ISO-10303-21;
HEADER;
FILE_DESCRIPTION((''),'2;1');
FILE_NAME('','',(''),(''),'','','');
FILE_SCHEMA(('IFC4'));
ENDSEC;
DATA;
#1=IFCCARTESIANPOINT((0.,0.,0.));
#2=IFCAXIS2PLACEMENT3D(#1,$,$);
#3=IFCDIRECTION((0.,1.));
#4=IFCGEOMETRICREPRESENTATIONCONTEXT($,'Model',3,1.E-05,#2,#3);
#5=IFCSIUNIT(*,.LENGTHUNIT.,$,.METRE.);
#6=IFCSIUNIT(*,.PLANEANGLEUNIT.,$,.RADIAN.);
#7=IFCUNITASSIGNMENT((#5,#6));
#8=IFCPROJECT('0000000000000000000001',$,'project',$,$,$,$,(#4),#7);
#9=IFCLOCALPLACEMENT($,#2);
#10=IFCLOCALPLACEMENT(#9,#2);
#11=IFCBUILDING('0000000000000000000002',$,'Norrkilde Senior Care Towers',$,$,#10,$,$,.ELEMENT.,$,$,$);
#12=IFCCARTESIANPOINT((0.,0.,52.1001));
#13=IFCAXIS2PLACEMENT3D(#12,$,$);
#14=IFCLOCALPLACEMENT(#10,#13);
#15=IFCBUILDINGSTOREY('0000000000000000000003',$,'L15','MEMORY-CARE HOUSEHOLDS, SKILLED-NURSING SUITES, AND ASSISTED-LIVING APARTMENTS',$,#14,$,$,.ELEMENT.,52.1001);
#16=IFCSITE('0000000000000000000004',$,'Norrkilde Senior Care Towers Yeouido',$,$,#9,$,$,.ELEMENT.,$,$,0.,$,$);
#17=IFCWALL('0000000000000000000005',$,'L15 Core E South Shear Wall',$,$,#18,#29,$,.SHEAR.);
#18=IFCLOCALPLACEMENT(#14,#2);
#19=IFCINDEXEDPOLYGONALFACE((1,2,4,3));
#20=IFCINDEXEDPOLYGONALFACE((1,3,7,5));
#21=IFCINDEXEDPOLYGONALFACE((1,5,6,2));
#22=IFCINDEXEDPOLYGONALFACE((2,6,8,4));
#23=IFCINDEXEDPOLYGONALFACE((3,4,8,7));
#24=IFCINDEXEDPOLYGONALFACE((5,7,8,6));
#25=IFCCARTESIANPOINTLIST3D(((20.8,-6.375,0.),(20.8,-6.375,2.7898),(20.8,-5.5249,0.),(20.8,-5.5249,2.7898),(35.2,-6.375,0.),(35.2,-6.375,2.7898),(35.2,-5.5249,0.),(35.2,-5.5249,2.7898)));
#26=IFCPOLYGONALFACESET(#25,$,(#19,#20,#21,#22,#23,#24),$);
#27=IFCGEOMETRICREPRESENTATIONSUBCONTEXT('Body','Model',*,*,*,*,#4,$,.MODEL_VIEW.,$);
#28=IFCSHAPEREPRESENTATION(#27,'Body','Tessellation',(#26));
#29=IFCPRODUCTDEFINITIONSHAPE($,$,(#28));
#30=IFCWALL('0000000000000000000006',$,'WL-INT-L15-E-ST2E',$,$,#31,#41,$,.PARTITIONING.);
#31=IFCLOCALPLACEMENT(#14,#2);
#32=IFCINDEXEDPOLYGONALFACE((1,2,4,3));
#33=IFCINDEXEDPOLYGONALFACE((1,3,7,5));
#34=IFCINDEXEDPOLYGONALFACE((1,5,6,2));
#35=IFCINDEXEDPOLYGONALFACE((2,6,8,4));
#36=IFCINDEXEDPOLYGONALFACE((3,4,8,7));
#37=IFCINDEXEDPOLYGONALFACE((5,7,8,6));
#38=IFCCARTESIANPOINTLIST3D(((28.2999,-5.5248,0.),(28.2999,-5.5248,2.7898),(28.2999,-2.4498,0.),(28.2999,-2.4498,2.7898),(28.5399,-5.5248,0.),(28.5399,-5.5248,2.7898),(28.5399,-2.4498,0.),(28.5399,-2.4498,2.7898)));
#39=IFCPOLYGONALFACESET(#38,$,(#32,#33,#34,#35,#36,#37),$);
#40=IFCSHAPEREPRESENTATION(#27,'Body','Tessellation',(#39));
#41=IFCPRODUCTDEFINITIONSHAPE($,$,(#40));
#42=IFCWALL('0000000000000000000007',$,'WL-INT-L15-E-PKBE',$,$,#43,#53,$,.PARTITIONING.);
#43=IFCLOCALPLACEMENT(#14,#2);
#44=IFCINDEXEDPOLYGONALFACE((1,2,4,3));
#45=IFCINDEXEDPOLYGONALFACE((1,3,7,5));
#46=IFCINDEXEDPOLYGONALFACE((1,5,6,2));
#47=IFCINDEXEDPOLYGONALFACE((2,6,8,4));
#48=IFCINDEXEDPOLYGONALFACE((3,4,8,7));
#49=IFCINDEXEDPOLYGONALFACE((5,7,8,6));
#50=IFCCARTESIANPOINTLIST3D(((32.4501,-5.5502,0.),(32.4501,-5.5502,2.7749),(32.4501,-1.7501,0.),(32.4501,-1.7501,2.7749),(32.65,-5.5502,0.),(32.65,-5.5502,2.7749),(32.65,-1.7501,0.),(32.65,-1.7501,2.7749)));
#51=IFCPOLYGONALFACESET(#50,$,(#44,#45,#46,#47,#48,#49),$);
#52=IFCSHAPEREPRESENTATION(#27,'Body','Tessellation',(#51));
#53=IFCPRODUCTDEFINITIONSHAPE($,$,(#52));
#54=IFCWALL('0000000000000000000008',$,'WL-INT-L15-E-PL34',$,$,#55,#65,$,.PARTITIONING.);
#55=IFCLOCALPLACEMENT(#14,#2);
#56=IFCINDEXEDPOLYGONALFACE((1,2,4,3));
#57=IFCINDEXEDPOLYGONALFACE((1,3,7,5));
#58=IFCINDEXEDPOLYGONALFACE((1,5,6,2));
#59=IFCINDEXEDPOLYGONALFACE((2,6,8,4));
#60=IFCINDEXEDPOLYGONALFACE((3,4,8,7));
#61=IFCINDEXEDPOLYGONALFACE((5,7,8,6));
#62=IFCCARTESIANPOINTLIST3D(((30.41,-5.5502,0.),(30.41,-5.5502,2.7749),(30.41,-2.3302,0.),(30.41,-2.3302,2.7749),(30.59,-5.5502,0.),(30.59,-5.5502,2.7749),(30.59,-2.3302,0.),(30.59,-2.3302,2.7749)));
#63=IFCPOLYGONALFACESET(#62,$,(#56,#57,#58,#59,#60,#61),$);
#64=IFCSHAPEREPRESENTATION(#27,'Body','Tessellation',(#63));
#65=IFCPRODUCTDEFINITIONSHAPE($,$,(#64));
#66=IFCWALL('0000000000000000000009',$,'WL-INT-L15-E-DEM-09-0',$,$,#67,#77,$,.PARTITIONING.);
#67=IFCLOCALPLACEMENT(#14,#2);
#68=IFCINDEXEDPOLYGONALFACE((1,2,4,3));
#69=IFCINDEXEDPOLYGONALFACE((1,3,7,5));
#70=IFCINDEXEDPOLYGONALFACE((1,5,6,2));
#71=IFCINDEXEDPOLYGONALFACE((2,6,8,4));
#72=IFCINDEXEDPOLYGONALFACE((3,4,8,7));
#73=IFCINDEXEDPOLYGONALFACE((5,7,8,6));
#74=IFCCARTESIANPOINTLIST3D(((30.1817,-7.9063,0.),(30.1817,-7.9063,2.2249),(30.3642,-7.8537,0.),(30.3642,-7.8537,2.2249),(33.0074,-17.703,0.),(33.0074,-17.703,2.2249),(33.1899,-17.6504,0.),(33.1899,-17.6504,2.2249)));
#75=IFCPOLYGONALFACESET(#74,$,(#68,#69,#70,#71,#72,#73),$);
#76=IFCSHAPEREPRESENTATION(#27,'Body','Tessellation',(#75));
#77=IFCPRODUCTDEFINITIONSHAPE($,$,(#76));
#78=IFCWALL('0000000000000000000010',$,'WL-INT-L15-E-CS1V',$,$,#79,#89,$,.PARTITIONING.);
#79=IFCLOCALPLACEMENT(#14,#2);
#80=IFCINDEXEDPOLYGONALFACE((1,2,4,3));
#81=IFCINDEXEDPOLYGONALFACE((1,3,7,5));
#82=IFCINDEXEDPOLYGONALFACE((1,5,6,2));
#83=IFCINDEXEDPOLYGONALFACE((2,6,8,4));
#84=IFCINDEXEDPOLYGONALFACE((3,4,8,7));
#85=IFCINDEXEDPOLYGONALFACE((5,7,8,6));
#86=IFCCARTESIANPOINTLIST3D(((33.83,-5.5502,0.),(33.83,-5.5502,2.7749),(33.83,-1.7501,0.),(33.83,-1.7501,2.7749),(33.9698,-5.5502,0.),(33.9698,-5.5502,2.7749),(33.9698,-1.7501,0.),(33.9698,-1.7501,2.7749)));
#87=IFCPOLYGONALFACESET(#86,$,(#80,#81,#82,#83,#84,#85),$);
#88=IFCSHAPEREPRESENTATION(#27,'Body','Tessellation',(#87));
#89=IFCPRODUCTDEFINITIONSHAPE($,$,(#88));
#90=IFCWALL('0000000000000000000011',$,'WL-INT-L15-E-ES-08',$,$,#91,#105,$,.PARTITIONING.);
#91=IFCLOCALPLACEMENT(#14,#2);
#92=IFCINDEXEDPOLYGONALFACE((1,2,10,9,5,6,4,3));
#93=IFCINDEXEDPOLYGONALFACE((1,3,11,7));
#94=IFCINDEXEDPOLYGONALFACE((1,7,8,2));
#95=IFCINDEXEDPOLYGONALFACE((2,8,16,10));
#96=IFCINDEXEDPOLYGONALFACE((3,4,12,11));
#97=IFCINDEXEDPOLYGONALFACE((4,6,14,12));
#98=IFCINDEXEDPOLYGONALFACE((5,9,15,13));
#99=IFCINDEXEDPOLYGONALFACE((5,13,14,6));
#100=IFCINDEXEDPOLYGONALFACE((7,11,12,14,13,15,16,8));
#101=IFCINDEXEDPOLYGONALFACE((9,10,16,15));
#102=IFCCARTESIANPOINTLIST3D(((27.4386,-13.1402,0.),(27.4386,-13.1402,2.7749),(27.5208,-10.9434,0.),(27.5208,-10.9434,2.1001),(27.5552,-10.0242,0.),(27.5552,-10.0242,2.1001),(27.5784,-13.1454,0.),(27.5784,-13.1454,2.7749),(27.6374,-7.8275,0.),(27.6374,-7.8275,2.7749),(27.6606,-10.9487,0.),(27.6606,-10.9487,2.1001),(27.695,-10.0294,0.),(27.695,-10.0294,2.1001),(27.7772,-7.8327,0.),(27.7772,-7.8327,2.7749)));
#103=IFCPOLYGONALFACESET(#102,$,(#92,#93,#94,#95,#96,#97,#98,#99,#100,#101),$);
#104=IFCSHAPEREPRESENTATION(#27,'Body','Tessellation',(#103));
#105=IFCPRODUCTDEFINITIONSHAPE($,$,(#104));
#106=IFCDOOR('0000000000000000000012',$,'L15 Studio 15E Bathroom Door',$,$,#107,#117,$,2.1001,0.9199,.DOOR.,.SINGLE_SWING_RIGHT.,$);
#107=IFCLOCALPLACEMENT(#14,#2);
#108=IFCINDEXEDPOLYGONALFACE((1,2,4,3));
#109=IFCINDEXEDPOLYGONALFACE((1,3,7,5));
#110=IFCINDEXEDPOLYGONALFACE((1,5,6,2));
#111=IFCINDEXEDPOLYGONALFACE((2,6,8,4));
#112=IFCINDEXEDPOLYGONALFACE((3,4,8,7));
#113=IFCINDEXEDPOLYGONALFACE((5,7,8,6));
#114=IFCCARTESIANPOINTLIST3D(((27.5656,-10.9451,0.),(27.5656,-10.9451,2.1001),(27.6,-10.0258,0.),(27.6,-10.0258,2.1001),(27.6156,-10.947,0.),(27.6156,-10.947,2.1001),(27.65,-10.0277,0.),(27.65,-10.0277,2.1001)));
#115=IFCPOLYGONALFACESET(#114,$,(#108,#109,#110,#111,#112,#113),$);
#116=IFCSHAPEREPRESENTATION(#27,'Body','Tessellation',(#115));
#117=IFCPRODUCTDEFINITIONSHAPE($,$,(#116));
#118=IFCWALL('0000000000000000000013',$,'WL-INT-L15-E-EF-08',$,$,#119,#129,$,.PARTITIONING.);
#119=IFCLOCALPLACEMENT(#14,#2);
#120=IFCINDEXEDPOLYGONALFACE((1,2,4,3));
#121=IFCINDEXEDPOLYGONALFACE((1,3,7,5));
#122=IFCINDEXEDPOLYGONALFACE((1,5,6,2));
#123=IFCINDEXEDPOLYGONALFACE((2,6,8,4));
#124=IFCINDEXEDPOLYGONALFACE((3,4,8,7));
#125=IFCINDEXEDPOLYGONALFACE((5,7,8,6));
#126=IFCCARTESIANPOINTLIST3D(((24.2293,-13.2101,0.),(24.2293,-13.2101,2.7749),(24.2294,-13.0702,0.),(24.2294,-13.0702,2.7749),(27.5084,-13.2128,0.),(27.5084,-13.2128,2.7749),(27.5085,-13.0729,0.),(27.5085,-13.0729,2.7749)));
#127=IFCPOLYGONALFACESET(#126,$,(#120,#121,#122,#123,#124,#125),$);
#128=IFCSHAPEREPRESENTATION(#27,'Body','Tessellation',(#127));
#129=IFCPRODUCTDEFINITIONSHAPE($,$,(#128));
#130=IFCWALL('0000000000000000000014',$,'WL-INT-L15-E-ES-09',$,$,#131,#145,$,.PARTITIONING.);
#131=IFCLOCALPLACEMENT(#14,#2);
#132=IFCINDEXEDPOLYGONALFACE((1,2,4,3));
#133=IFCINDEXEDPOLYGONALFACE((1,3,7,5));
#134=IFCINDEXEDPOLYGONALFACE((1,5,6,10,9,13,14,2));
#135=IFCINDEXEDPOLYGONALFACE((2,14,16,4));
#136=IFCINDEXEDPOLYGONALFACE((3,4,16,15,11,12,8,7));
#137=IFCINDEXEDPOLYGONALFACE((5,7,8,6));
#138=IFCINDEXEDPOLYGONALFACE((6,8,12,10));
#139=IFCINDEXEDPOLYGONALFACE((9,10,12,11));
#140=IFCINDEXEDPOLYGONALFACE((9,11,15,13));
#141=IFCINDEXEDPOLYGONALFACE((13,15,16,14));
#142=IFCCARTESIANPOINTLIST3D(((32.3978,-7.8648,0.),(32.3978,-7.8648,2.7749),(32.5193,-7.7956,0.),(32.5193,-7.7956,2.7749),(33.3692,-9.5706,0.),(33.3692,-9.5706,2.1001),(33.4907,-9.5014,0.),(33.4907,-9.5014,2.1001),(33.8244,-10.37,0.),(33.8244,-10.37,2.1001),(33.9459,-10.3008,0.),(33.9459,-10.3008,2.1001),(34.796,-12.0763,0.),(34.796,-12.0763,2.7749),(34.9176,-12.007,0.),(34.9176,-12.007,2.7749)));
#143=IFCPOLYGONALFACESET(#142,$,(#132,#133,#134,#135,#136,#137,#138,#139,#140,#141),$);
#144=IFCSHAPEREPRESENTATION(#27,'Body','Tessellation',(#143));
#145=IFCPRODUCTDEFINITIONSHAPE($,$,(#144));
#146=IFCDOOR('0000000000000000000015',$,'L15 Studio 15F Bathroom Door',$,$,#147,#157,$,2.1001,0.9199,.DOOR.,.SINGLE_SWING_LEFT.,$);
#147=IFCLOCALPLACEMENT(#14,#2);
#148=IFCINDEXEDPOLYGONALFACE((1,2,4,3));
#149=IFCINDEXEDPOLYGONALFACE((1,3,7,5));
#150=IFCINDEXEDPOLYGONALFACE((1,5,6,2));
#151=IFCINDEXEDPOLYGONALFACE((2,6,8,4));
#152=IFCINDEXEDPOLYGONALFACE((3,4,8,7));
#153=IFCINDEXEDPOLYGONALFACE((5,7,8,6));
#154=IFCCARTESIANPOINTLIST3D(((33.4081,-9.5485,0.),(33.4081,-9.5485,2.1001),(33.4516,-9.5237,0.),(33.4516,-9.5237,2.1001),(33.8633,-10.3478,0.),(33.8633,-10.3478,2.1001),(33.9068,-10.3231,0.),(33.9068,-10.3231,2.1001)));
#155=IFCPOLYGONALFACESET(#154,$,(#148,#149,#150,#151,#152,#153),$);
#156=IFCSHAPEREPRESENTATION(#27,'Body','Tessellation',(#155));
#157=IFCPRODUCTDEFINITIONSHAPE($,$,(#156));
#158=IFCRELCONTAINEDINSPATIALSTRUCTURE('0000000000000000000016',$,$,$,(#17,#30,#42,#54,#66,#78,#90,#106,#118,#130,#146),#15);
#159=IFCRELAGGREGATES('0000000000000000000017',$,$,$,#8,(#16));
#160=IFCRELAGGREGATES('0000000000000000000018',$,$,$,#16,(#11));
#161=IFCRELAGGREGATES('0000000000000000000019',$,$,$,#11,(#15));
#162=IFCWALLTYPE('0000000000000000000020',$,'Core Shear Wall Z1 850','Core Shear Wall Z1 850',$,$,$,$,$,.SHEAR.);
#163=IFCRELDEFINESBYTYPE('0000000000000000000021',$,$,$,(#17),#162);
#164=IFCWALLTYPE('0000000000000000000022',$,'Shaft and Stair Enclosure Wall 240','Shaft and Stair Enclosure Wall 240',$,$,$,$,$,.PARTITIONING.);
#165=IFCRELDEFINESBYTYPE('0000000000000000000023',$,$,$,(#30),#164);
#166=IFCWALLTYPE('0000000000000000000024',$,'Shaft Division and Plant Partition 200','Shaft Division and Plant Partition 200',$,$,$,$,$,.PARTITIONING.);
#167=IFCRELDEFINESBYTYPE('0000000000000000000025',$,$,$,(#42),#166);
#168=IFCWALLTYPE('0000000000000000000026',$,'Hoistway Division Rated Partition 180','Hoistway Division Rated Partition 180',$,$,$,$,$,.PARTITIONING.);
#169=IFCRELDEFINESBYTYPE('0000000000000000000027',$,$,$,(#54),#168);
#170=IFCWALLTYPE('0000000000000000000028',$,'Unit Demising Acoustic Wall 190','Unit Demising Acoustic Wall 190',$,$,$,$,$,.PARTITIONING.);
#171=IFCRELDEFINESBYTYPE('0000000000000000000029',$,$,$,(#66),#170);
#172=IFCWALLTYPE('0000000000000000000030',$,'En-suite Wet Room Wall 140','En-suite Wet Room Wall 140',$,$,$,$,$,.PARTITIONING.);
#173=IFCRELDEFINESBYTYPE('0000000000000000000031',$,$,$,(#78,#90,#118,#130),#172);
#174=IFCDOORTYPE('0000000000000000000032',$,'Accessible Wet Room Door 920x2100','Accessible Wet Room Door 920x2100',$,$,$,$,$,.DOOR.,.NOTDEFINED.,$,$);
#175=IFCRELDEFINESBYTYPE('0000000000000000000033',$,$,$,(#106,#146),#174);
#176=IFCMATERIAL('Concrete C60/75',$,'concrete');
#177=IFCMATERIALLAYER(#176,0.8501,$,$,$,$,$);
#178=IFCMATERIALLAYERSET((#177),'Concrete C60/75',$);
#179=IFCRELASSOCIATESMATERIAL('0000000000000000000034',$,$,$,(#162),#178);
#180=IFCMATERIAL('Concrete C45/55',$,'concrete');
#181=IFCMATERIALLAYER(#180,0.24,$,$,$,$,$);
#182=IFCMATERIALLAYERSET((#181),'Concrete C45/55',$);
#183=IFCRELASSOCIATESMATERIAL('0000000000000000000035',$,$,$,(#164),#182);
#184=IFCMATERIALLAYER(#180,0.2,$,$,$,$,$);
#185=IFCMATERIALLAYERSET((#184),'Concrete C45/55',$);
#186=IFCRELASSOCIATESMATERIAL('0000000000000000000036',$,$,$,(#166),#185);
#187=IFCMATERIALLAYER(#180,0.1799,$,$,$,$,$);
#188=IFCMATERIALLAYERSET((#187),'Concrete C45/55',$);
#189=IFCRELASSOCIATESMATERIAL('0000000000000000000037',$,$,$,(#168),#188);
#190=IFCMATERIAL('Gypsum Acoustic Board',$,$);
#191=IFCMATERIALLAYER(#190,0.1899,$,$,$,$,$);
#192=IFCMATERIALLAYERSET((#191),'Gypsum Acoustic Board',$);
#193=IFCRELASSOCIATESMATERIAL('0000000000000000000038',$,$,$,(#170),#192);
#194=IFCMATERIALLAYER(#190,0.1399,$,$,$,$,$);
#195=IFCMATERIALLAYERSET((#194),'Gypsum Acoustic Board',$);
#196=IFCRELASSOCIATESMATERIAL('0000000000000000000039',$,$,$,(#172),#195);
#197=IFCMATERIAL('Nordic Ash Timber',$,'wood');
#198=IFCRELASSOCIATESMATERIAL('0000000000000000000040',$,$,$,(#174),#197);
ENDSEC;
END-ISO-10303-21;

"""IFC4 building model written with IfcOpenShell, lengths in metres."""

from ifc_helpers import new_model, si_unit, direction, frame, frame_2d, origin, place, context, subcontext, project, spatial, rectangle, extrude, source, transform, mapped, material, layer, layer_set, type_object, type_shapes, element, fill, save


model = new_model("IFC4")

# Units and contexts
model_context = context("Model", 3, precision=1e-05, world=origin(), true_north=direction((0.0, 1.0)))
body_context = subcontext(model_context, "Body", "Model", "MODEL_VIEW")
ifc_project = project(units=[si_unit("LENGTHUNIT", "METRE"), si_unit("PLANEANGLEUNIT", "RADIAN")], contexts=[model_context])

# Site, building, storey
site_placement = place(None, origin())
site = spatial("IfcSite", under=ifc_project, at=site_placement, Name="Norrkilde Senior Care Towers Yeouido", CompositionType="ELEMENT", RefElevation=0.0)
building_placement = place(site_placement, origin())
building = spatial("IfcBuilding", under=site, at=building_placement, Name="Norrkilde Senior Care Towers", CompositionType="ELEMENT")
storey_placement = place(building_placement, frame((0.0, 0.0, 52.1001)))
storey = spatial("IfcBuildingStorey", under=building, at=storey_placement, Name="L15", Description="MEMORY-CARE HOUSEHOLDS, SKILLED-NURSING SUITES, AND ASSISTED-LIVING APARTMENTS", CompositionType="ELEMENT", Elevation=52.1001)

# Shared definitions
ifc_material_1 = material(Name="Concrete C60/75", Category="concrete")

# Walls
ifc_layer_1 = layer(ifc_material_1, 0.8501)
ifc_layer_set_1 = layer_set([ifc_layer_1], Name="Concrete C60/75")
wall_type_1 = type_object("IfcWallType", Name="Core Shear Wall Z1 850", Description="Core Shear Wall Z1 850", PredefinedType="SHEAR", material=ifc_layer_set_1)
shared_shape_1 = source(origin(), body_context, "Body", "SweptSolid", [
    extrude(rectangle(XDim=14.3999, YDim=0.8501, at=frame_2d((7.2, 0.0))), origin(), (0.0, 0.0, 1.0), 2.7898),
])
type_shapes(wall_type_1, [shared_shape_1])
wall_1_placement = place(storey_placement, frame((35.2, -5.95, 0.0), z_axis=(0.0, 0.0, 1.0), x_axis=(-1.0, 0.0, 0.0)))
element("IfcWall", 1, at=wall_1_placement, inside=storey, type_object=wall_type_1, Name="L15 Core E South Shear Wall", PredefinedType="SHEAR", context=body_context, shape_type="MappedRepresentation", body=[
    mapped(shared_shape_1, transform((0.0, 0.0, 0.0), x_axis=(1.0, 0.0, 0.0), y_axis=(0.0, 1.0, 0.0), z_axis=(0.0, 0.0, 1.0), scale=1.0)),
])
ifc_material_2 = material(Name="Concrete C45/55", Category="concrete")
ifc_layer_2 = layer(ifc_material_2, 0.24)
ifc_layer_set_2 = layer_set([ifc_layer_2], Name="Concrete C45/55")
wall_type_2 = type_object("IfcWallType", Name="Shaft and Stair Enclosure Wall 240", Description="Shaft and Stair Enclosure Wall 240", PredefinedType="PARTITIONING", material=ifc_layer_set_2)
shared_shape_2 = source(origin(), body_context, "Body", "SweptSolid", [
    extrude(rectangle(XDim=3.075, YDim=0.24, at=frame_2d((1.5376, 0.0))), origin(), (0.0, 0.0, 1.0), 2.7898),
])
type_shapes(wall_type_2, [shared_shape_2])
wall_2_placement = place(storey_placement, frame((28.4199, -5.5249, 0.0), z_axis=(0.0, 0.0, 1.0), x_axis=(0.0, 1.0, 0.0)))
element("IfcWall", 2, at=wall_2_placement, inside=storey, type_object=wall_type_2, Name="WL-INT-L15-E-ST2E", PredefinedType="PARTITIONING", context=body_context, shape_type="MappedRepresentation", body=[
    mapped(shared_shape_2, transform((0.0, 0.0, 0.0), x_axis=(1.0, 0.0, 0.0), y_axis=(0.0, 1.0, 0.0), z_axis=(0.0, 0.0, 1.0), scale=1.0)),
])
ifc_layer_3 = layer(ifc_material_2, 0.2)
ifc_layer_set_3 = layer_set([ifc_layer_3], Name="Concrete C45/55")
wall_type_3 = type_object("IfcWallType", Name="Shaft Division and Plant Partition 200", Description="Shaft Division and Plant Partition 200", PredefinedType="PARTITIONING", material=ifc_layer_set_3)
shared_shape_3 = source(origin(), body_context, "Body", "SweptSolid", [
    extrude(rectangle(XDim=3.8, YDim=0.2, at=frame_2d((1.8999, 0.0))), origin(), (0.0, 0.0, 1.0), 2.7749),
])
type_shapes(wall_type_3, [shared_shape_3])
wall_3_placement = place(storey_placement, frame((32.55, -5.55, 0.0), z_axis=(0.0, 0.0, 1.0), x_axis=(0.0, 1.0, 0.0)))
element("IfcWall", 3, at=wall_3_placement, inside=storey, type_object=wall_type_3, Name="WL-INT-L15-E-PKBE", PredefinedType="PARTITIONING", context=body_context, shape_type="MappedRepresentation", body=[
    mapped(shared_shape_3, transform((0.0, 0.0, 0.0), x_axis=(1.0, 0.0, 0.0), y_axis=(0.0, 1.0, 0.0), z_axis=(0.0, 0.0, 1.0), scale=1.0)),
])
ifc_layer_4 = layer(ifc_material_2, 0.1799)
ifc_layer_set_4 = layer_set([ifc_layer_4], Name="Concrete C45/55")
wall_type_4 = type_object("IfcWallType", Name="Hoistway Division Rated Partition 180", Description="Hoistway Division Rated Partition 180", PredefinedType="PARTITIONING", material=ifc_layer_set_4)
shared_shape_4 = source(origin(), body_context, "Body", "SweptSolid", [
    extrude(rectangle(XDim=3.22, YDim=0.1799, at=frame_2d((1.6099, 0.0))), origin(), (0.0, 0.0, 1.0), 2.7749),
])
type_shapes(wall_type_4, [shared_shape_4])
wall_4_placement = place(storey_placement, frame((30.5, -5.55, 0.0), z_axis=(0.0, 0.0, 1.0), x_axis=(0.0, 1.0, 0.0)))
element("IfcWall", 4, at=wall_4_placement, inside=storey, type_object=wall_type_4, Name="WL-INT-L15-E-PL34", PredefinedType="PARTITIONING", context=body_context, shape_type="MappedRepresentation", body=[
    mapped(shared_shape_4, transform((0.0, 0.0, 0.0), x_axis=(1.0, 0.0, 0.0), y_axis=(0.0, 1.0, 0.0), z_axis=(0.0, 0.0, 1.0), scale=1.0)),
])
ifc_material_3 = material(Name="Gypsum Acoustic Board")
ifc_layer_5 = layer(ifc_material_3, 0.1899)
ifc_layer_set_5 = layer_set([ifc_layer_5], Name="Gypsum Acoustic Board")
wall_type_5 = type_object("IfcWallType", Name="Unit Demising Acoustic Wall 190", Description="Unit Demising Acoustic Wall 190", PredefinedType="PARTITIONING", material=ifc_layer_set_5)
shared_shape_5 = source(origin(), body_context, "Body", "SweptSolid", [
    extrude(rectangle(XDim=10.196, YDim=0.1899, at=frame_2d((5.0981, 0.0))), origin(), (0.0, 0.0, 1.0), 2.2249),
])
type_shapes(wall_type_5, [shared_shape_5])
wall_5_placement = place(storey_placement, frame((30.2729, -7.8799, 0.0), z_axis=(0.0, 0.0, 1.0), x_axis=(0.277136, -0.960831, 0.0)))
element("IfcWall", 5, at=wall_5_placement, inside=storey, type_object=wall_type_5, Name="WL-INT-L15-E-DEM-09-0", PredefinedType="PARTITIONING", context=body_context, shape_type="MappedRepresentation", body=[
    mapped(shared_shape_5, transform((0.0, 0.0, 0.0), x_axis=(1.0, 0.0, 0.0), y_axis=(0.0, 1.0, 0.0), z_axis=(0.0, 0.0, 1.0), scale=1.0)),
])
ifc_layer_6 = layer(ifc_material_3, 0.1399)
ifc_layer_set_6 = layer_set([ifc_layer_6], Name="Gypsum Acoustic Board")
wall_type_6 = type_object("IfcWallType", Name="En-suite Wet Room Wall 140", Description="En-suite Wet Room Wall 140", PredefinedType="PARTITIONING", material=ifc_layer_set_6)
shared_shape_6 = source(origin(), body_context, "Body", "SweptSolid", [
    extrude(rectangle(XDim=3.8, YDim=0.1399, at=frame_2d((1.8999, 0.0))), origin(), (0.0, 0.0, 1.0), 2.7749),
])
wall_6_placement = place(storey_placement, frame((33.8999, -5.55, 0.0), z_axis=(0.0, 0.0, 1.0), x_axis=(0.0, 1.0, 0.0)))
element("IfcWall", 6, at=wall_6_placement, inside=storey, type_object=wall_type_6, Name="WL-INT-L15-E-CS1V", PredefinedType="PARTITIONING", context=body_context, shape_type="MappedRepresentation", body=[
    mapped(shared_shape_6, transform((0.0, 0.0, 0.0), x_axis=(1.0, 0.0, 0.0), y_axis=(0.0, 1.0, 0.0), z_axis=(0.0, 0.0, 1.0), scale=1.0)),
])

# Wall, opening, door
shared_shape_7 = source(origin(), body_context, "Body", "SweptSolid", [
    extrude(rectangle(XDim=5.3164, YDim=0.1399, at=frame_2d((2.6582, 0.0))), origin(), (0.0, 0.0, 1.0), 2.7749),
])
wall_7_placement = place(storey_placement, frame((27.7073, -7.8301, 0.0), z_axis=(0.0, 0.0, 1.0), x_axis=(-0.03738, -0.999301, 0.0)))
wall_7 = element("IfcWall", 7, at=wall_7_placement, inside=storey, type_object=wall_type_6, Name="WL-INT-L15-E-ES-08", PredefinedType="PARTITIONING", context=body_context, shape_type="MappedRepresentation", body=[
    mapped(shared_shape_7, transform((0.0, 0.0, 0.0), x_axis=(1.0, 0.0, 0.0), y_axis=(0.0, 1.0, 0.0), z_axis=(0.0, 0.0, 1.0), scale=1.0)),
])
opening_1_placement = place(wall_7_placement, frame((2.1982, 0.0, 0.0)))
opening_1 = element("IfcOpeningElement", 8, at=opening_1_placement, cuts=wall_7, PredefinedType="OPENING", context=body_context, shape_type="SweptSolid", body=[
    extrude(rectangle(XDim=0.9199, YDim=2.1001, at=frame_2d((0.46, 1.05))), frame((0.0, 0.0798, 0.0), z_axis=(0.0, -1.0, 0.0), x_axis=(1.0, 0.0, 0.0)), (0.0, 0.0, 1.0), 0.1599),
])
ifc_material_4 = material(Name="Nordic Ash Timber", Category="wood")
door_type = type_object("IfcDoorType", Name="Accessible Wet Room Door 920x2100", Description="Accessible Wet Room Door 920x2100", OperationType="NOTDEFINED", PredefinedType="DOOR", material=ifc_material_4)
shared_shape_8 = source(origin(), body_context, "Body", "SweptSolid", [
    extrude(rectangle(XDim=0.9199, YDim=2.1001, at=frame_2d((0.46, 1.05))), frame((0.0, 0.0249, 0.0), z_axis=(0.0, -1.0, 0.0), x_axis=(1.0, 0.0, 0.0)), (0.0, 0.0, 1.0), 0.05),
])
type_shapes(door_type, [shared_shape_8])
door_1_placement = place(opening_1_placement, origin())
door_1 = element("IfcDoor", 9, at=door_1_placement, inside=storey, type_object=door_type, Name="L15 Studio 15E Bathroom Door", OperationType="SINGLE_SWING_RIGHT", OverallHeight=2.1001, OverallWidth=0.9199, PredefinedType="DOOR", context=body_context, shape_type="MappedRepresentation", body=[
    mapped(shared_shape_8, transform((0.0, 0.0, 0.0), x_axis=(1.0, 0.0, 0.0), y_axis=(0.0, 1.0, 0.0), z_axis=(0.0, 0.0, 1.0), scale=1.0)),
])
fill(opening_1, door_1)

# Wall
shared_shape_9 = source(origin(), body_context, "Body", "SweptSolid", [
    extrude(rectangle(XDim=3.2791, YDim=0.1399, at=frame_2d((1.6396, 0.0))), origin(), (0.0, 0.0, 1.0), 2.7749),
])
wall_8_placement = place(storey_placement, frame((27.5085, -13.1428, 0.0), z_axis=(0.0, 0.0, 1.0), x_axis=(-1.0, 0.000819, 0.0)))
element("IfcWall", 10, at=wall_8_placement, inside=storey, type_object=wall_type_6, Name="WL-INT-L15-E-EF-08", PredefinedType="PARTITIONING", context=body_context, shape_type="MappedRepresentation", body=[
    mapped(shared_shape_9, transform((0.0, 0.0, 0.0), x_axis=(1.0, 0.0, 0.0), y_axis=(0.0, 1.0, 0.0), z_axis=(0.0, 0.0, 1.0), scale=1.0)),
])

# Wall, opening, door
shared_shape_10 = source(origin(), body_context, "Body", "SweptSolid", [
    extrude(rectangle(XDim=4.8464, YDim=0.1399, at=frame_2d((2.4233, 0.0))), origin(), (0.0, 0.0, 1.0), 2.7749),
])
wall_9_placement = place(storey_placement, frame((32.4585, -7.8301, 0.0), z_axis=(0.0, 0.0, 1.0), x_axis=(0.494842, -0.868983, 0.0)))
wall_9 = element("IfcWall", 11, at=wall_9_placement, inside=storey, type_object=wall_type_6, Name="WL-INT-L15-E-ES-09", PredefinedType="PARTITIONING", context=body_context, shape_type="MappedRepresentation", body=[
    mapped(shared_shape_10, transform((0.0, 0.0, 0.0), x_axis=(1.0, 0.0, 0.0), y_axis=(0.0, 1.0, 0.0), z_axis=(0.0, 0.0, 1.0), scale=1.0)),
])
opening_2_placement = place(wall_9_placement, frame((1.9631, 0.0, 0.0)))
opening_2 = element("IfcOpeningElement", 12, at=opening_2_placement, cuts=wall_9, PredefinedType="OPENING", context=body_context, shape_type="SweptSolid", body=[
    extrude(rectangle(XDim=0.9199, YDim=2.1001, at=frame_2d((0.46, 1.05))), frame((0.0, 0.0798, 0.0), z_axis=(0.0, -1.0, 0.0), x_axis=(1.0, 0.0, 0.0)), (0.0, 0.0, 1.0), 0.1599),
])
door_2_placement = place(opening_2_placement, origin())
door_2 = element("IfcDoor", 13, at=door_2_placement, inside=storey, type_object=door_type, Name="L15 Studio 15F Bathroom Door", OperationType="SINGLE_SWING_LEFT", OverallHeight=2.1001, OverallWidth=0.9199, PredefinedType="DOOR", context=body_context, shape_type="MappedRepresentation", body=[
    mapped(shared_shape_8, transform((0.0, 0.0, 0.0), x_axis=(1.0, 0.0, 0.0), y_axis=(0.0, 1.0, 0.0), z_axis=(0.0, 0.0, 1.0), scale=1.0)),
])
fill(opening_2, door_2)

save(model, "model.ifc")
